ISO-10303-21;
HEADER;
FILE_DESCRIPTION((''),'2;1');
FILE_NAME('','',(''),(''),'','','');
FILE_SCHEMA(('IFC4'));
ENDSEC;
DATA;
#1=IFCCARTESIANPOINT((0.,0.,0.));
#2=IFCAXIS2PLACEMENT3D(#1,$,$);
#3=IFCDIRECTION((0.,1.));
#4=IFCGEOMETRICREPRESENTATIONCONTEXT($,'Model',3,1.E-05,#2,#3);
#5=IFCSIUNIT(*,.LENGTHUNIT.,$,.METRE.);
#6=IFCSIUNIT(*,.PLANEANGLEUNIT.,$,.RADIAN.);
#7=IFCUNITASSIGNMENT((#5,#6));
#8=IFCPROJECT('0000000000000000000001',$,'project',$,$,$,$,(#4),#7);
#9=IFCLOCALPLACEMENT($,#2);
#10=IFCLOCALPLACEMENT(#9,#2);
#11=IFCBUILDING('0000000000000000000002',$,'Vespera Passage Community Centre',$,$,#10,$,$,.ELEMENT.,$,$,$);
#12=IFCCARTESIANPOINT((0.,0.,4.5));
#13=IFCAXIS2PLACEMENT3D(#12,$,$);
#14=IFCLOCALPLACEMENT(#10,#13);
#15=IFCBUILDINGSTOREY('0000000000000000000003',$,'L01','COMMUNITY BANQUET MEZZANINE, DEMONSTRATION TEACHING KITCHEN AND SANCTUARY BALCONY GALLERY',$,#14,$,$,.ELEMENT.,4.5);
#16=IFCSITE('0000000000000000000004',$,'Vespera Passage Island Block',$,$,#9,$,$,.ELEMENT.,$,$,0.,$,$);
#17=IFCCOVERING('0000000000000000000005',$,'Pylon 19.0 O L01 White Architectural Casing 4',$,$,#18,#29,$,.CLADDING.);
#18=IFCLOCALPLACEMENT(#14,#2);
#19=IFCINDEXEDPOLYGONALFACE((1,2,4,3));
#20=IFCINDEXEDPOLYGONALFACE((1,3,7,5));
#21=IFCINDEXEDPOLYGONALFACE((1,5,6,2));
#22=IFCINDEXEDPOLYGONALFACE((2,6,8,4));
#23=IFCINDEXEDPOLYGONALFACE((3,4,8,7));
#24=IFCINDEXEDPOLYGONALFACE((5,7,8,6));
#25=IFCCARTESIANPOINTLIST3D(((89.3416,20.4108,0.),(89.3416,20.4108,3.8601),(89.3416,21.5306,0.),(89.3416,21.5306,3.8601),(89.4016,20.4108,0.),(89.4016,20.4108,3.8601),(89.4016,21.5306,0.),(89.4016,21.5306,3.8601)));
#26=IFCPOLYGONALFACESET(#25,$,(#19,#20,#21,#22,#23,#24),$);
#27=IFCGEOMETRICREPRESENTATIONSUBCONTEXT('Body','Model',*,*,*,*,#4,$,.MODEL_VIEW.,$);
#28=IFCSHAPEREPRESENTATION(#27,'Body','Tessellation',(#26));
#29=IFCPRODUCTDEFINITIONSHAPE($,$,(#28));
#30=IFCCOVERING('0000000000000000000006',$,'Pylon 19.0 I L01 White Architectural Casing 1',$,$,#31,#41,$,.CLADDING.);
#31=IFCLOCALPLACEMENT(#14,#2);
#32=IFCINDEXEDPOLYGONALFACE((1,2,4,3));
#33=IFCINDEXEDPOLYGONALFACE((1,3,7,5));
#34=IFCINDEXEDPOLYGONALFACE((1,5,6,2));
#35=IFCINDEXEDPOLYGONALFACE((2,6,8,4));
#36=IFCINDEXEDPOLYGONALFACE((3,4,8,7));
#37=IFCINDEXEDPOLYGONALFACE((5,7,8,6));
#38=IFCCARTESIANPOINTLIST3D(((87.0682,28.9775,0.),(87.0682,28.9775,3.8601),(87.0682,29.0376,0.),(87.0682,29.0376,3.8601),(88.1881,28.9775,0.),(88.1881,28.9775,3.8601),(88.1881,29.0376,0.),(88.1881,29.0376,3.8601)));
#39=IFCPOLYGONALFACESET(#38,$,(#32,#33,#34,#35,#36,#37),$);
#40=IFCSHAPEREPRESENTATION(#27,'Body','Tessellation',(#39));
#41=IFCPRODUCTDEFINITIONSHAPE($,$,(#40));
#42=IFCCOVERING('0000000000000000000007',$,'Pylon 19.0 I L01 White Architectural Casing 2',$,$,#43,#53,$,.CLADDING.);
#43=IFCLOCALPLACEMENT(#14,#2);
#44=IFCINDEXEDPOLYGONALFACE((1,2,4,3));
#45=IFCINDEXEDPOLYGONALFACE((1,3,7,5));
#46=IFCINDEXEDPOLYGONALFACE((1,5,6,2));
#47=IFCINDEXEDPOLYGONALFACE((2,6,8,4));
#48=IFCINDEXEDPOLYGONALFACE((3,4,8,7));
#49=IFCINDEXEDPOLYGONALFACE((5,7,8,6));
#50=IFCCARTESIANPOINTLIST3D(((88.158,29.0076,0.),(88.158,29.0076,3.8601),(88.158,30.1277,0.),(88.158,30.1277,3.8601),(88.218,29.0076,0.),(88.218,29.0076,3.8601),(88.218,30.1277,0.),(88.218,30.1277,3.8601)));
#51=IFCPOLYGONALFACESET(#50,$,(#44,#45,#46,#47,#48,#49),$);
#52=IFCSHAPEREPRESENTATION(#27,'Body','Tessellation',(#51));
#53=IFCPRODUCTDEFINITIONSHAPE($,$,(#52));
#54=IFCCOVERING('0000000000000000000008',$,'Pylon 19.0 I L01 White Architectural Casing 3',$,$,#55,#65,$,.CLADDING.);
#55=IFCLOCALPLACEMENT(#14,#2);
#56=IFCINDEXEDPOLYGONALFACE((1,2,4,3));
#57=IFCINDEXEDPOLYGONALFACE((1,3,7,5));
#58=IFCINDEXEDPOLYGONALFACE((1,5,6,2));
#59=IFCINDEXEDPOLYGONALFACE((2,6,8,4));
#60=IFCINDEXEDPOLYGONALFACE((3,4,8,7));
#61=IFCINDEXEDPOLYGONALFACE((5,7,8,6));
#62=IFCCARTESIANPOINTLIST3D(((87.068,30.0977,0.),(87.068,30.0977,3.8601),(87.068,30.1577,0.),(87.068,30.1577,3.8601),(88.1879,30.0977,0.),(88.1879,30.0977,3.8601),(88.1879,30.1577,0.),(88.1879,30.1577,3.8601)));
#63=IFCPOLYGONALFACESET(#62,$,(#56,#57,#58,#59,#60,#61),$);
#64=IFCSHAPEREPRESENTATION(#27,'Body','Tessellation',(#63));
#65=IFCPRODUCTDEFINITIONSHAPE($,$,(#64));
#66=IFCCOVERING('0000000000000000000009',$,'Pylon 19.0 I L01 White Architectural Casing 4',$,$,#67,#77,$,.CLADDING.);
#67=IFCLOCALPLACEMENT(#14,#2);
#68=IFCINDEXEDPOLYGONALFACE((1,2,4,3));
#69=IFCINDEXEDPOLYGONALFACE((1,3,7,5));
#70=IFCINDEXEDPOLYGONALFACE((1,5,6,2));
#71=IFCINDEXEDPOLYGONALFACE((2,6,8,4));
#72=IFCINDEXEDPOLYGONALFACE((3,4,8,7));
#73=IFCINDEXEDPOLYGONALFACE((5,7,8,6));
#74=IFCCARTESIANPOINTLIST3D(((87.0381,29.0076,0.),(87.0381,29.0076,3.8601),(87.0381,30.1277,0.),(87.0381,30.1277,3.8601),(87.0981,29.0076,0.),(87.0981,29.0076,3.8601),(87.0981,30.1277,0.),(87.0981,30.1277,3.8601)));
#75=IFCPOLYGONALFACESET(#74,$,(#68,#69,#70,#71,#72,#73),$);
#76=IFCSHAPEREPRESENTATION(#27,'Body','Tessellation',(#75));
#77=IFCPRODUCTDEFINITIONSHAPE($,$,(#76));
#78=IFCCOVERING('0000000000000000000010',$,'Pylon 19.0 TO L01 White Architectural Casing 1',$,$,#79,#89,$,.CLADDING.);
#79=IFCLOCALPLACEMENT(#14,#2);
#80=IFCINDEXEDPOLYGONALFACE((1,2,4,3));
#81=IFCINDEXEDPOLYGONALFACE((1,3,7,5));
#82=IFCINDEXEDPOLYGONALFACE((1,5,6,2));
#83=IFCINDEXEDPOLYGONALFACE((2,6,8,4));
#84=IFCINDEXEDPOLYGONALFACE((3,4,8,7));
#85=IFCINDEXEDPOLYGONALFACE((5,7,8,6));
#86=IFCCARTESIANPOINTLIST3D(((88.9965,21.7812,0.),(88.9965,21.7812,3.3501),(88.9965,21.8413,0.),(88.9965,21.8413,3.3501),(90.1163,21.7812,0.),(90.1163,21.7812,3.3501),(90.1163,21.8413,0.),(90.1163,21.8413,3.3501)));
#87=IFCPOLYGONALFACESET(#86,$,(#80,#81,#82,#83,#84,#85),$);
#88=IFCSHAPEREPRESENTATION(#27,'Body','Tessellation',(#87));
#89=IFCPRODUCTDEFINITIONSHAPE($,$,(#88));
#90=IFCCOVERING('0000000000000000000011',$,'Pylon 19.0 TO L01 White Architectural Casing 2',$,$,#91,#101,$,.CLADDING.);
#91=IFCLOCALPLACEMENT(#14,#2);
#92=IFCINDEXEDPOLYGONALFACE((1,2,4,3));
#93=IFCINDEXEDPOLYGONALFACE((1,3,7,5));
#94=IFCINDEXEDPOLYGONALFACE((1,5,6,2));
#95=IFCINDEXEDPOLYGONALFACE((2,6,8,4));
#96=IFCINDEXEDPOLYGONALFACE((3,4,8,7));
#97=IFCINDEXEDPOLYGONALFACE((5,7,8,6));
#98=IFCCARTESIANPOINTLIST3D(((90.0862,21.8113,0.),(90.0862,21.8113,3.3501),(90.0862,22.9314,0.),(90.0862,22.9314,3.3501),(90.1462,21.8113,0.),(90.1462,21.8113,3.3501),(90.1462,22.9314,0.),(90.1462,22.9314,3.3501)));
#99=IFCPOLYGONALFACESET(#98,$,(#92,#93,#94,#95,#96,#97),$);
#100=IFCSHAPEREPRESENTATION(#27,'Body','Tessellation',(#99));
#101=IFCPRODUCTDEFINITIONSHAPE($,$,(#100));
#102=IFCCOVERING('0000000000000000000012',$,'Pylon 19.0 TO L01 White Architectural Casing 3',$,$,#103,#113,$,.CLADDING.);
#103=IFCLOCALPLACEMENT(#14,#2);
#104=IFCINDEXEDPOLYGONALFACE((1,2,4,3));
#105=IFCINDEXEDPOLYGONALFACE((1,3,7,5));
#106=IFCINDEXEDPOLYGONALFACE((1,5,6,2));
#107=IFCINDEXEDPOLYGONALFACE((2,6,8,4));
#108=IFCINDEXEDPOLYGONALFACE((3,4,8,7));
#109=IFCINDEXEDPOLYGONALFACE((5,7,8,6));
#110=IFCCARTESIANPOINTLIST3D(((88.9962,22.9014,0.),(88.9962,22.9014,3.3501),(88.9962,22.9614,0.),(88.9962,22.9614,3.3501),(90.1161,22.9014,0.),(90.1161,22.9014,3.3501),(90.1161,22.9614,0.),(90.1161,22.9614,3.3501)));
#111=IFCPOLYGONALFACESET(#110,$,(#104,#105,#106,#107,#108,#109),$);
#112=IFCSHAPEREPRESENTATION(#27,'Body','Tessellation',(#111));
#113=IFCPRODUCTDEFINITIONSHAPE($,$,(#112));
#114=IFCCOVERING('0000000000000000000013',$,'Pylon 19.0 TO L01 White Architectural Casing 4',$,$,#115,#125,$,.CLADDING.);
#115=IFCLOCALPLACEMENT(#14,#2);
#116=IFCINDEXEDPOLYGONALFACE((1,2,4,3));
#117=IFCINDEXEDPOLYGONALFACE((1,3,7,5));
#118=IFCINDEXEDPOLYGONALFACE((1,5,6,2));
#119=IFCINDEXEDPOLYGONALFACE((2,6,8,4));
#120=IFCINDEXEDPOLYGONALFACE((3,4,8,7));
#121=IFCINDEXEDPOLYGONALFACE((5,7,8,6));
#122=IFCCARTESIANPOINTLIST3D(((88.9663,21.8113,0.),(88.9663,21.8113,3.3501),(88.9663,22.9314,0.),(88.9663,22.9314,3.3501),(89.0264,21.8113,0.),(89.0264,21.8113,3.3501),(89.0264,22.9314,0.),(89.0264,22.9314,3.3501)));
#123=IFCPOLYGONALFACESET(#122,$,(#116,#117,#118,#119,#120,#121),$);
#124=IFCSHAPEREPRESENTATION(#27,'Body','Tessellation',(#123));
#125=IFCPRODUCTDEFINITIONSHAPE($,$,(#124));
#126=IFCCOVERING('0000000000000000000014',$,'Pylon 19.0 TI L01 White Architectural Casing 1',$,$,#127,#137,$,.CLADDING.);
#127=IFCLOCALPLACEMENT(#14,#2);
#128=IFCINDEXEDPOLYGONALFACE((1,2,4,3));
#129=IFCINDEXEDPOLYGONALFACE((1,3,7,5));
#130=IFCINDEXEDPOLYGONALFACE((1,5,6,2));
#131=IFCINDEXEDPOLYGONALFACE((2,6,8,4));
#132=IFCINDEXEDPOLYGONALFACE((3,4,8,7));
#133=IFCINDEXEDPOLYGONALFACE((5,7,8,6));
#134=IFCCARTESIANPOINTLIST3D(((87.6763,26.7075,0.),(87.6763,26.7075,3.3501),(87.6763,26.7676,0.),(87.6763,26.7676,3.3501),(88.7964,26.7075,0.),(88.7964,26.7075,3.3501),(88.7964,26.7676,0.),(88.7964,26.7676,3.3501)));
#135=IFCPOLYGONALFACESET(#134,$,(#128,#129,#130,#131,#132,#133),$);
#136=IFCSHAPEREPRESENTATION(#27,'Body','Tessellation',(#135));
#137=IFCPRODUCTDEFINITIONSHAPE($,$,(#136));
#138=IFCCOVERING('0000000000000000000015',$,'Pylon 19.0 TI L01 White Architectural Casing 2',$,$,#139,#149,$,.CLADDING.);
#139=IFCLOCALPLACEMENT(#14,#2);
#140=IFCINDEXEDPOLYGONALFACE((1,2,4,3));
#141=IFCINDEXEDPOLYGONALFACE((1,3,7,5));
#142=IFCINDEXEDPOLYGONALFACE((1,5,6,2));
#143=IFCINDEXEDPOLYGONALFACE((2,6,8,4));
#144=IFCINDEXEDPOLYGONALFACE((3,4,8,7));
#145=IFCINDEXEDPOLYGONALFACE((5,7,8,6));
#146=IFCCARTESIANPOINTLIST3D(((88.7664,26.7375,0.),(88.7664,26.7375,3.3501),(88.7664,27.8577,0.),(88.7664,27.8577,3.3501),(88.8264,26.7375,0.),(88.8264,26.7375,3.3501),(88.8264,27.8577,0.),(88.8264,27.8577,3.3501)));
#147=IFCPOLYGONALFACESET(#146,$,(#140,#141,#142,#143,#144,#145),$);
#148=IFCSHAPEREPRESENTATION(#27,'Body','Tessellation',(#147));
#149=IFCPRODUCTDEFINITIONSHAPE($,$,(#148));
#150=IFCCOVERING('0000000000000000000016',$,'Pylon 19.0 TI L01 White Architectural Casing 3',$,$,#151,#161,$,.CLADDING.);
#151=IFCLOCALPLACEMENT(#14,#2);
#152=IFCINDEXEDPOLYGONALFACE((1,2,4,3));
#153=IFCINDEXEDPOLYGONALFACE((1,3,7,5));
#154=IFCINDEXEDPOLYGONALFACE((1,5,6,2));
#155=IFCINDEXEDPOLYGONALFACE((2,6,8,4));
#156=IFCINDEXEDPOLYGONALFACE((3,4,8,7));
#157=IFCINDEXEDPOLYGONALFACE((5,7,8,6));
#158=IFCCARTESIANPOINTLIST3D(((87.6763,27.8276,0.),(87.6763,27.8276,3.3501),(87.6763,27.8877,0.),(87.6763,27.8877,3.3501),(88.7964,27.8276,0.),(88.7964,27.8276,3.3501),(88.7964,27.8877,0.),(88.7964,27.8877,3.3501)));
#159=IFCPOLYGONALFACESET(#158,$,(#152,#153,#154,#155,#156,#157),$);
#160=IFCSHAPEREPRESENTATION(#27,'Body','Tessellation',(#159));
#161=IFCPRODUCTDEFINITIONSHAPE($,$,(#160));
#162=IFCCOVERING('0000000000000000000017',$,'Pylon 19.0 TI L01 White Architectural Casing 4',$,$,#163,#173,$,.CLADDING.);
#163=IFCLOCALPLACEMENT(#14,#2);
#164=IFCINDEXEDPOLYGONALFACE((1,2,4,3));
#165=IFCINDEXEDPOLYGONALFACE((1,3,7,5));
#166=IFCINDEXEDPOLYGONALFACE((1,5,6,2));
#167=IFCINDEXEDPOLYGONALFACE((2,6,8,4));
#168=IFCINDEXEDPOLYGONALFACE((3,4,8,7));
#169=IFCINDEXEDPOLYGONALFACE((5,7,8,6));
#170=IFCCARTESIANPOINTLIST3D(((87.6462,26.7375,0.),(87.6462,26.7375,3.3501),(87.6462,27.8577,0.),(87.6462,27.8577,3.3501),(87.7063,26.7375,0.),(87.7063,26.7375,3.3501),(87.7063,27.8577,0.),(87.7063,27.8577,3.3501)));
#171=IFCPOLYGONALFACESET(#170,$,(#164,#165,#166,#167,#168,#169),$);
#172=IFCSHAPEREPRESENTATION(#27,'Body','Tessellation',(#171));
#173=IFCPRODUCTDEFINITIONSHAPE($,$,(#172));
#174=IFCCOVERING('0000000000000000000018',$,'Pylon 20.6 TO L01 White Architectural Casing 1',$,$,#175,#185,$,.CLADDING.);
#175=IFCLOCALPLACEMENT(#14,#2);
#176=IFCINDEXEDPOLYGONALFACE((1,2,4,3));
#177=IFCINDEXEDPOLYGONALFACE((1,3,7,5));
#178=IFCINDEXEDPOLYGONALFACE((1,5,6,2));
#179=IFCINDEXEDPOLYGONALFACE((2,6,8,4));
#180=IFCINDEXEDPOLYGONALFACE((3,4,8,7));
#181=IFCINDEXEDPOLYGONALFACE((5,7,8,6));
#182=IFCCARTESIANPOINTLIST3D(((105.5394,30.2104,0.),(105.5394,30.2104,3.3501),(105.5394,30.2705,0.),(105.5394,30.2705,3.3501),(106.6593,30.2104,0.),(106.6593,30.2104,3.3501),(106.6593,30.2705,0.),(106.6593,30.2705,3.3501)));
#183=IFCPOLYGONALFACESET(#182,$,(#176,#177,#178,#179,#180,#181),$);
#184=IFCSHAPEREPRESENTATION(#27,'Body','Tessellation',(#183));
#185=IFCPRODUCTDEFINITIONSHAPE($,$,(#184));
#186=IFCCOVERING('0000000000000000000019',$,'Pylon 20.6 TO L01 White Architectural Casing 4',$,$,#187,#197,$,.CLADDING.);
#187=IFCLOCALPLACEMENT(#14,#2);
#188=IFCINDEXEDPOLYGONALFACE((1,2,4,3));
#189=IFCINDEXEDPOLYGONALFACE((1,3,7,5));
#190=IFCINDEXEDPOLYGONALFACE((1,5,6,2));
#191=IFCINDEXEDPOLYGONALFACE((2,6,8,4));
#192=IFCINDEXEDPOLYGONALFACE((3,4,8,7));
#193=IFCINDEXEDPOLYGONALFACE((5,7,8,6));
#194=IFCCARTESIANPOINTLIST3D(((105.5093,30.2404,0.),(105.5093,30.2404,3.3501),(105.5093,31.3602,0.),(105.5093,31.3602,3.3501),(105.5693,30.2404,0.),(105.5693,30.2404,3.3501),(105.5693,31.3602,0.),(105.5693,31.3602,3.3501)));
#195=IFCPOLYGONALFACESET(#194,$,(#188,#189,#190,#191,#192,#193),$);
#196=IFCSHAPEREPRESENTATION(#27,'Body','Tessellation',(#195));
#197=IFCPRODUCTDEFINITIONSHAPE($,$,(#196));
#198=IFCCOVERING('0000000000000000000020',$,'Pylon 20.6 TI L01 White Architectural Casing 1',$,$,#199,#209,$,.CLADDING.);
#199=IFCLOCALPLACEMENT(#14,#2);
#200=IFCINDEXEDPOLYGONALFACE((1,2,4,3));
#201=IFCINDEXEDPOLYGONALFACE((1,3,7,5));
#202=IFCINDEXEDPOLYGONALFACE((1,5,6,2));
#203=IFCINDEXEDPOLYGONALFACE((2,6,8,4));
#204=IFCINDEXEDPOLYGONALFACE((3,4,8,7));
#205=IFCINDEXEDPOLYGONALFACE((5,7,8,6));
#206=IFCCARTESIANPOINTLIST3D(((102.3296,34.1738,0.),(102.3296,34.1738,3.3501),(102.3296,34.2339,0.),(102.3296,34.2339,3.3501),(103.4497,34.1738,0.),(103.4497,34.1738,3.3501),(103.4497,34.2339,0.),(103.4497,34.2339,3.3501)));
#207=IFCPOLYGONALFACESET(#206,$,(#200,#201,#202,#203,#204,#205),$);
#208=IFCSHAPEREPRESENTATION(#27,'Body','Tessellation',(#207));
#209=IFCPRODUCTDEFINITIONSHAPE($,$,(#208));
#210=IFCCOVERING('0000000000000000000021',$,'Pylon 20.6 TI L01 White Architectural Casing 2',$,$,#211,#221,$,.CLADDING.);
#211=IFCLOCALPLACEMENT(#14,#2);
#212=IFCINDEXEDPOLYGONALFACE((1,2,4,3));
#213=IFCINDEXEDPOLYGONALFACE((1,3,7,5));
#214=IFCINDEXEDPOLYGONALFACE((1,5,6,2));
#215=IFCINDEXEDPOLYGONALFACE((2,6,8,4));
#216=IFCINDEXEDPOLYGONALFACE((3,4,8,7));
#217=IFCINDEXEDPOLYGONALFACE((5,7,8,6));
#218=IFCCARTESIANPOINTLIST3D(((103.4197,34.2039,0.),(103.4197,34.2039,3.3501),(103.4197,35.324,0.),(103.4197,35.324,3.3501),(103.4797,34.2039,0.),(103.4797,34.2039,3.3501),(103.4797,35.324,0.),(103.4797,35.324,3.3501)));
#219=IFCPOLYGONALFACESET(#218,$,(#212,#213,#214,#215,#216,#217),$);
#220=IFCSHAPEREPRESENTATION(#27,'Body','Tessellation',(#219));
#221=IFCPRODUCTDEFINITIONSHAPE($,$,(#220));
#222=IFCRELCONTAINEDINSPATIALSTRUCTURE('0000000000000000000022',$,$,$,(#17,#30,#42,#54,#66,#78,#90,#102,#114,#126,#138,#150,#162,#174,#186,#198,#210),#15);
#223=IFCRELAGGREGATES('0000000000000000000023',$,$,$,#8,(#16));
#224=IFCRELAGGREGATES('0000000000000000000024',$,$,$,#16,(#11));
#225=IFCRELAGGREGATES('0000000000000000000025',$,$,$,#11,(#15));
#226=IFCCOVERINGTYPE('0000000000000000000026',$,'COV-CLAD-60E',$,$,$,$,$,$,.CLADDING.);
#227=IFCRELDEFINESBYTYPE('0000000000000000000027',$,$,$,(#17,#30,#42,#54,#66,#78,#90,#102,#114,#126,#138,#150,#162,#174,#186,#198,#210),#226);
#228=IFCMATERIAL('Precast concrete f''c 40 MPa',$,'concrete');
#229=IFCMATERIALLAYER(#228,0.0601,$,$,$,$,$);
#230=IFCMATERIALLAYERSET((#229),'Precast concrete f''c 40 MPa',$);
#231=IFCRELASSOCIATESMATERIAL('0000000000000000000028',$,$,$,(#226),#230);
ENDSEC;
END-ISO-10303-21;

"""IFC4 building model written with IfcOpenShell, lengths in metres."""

from ifc_helpers import new_model, si_unit, direction, frame, frame_2d, origin, place, context, subcontext, project, spatial, rectangle, extrude, material, layer, layer_set, type_object, element, save


model = new_model("IFC4")

# Units and contexts
model_context = context("Model", 3, precision=1e-05, world=origin(), true_north=direction((0.0, 1.0)))
body_context = subcontext(model_context, "Body", "Model", "MODEL_VIEW")
ifc_project = project(units=[si_unit("LENGTHUNIT", "METRE"), si_unit("PLANEANGLEUNIT", "RADIAN")], contexts=[model_context])

# Site, building, storey
site_placement = place(None, origin())
site = spatial("IfcSite", under=ifc_project, at=site_placement, Name="Vespera Passage Island Block", CompositionType="ELEMENT", RefElevation=0.0)
building_placement = place(site_placement, origin())
building = spatial("IfcBuilding", under=site, at=building_placement, Name="Vespera Passage Community Centre", CompositionType="ELEMENT")
storey_placement = place(building_placement, frame((0.0, 0.0, 4.5)))
storey = spatial("IfcBuildingStorey", under=building, at=storey_placement, Name="L01", Description="COMMUNITY BANQUET MEZZANINE, DEMONSTRATION TEACHING KITCHEN AND SANCTUARY BALCONY GALLERY", CompositionType="ELEMENT", Elevation=4.5)

# Coverings
ifc_material_1 = material(Name="Precast concrete f'c 40 MPa", Category="concrete")
ifc_layer = layer(ifc_material_1, 0.0601)
ifc_layer_set = layer_set([ifc_layer], Name="Precast concrete f'c 40 MPa")
covering_type = type_object("IfcCoveringType", Name="COV-CLAD-60E", PredefinedType="CLADDING", material=ifc_layer_set)
for number, where, z_axis, x_axis, name in (
    (1, (89.3716, 21.5308, 0.0), (0.0, 0.0, 1.0), (0.0, -1.0, 0.0), "Pylon 19.0 O L01 White Architectural Casing 4"),
    (2, (87.0681, 29.0076, 0.0), (0.0, 0.0, 1.0), (1.0, 0.0, 0.0), "Pylon 19.0 I L01 White Architectural Casing 1"),
):
    element("IfcCovering", number, at=place(storey_placement, frame(where, z_axis=z_axis, x_axis=x_axis)), inside=storey, type_object=covering_type, Name=name, PredefinedType="CLADDING", context=body_context, shape_type="SweptSolid", body=[
        extrude(rectangle(XDim=1.1199, YDim=0.0601, at=frame_2d((0.5601, 0.0))), origin(), (0.0, 0.0, 1.0), 3.8601),
    ])
covering_1_placement = place(storey_placement, frame((88.188, 29.0076, 0.0), z_axis=(0.0, 0.0, 1.0), x_axis=(0.0, 1.0, 0.0)))
element("IfcCovering", 3, at=covering_1_placement, inside=storey, type_object=covering_type, Name="Pylon 19.0 I L01 White Architectural Casing 2", PredefinedType="CLADDING", context=body_context, shape_type="SweptSolid", body=[
    extrude(rectangle(XDim=1.1201, YDim=0.0601, at=frame_2d((0.5601, 0.0))), origin(), (0.0, 0.0, 1.0), 3.8601),
])
covering_2_placement = place(storey_placement, frame((88.188, 30.1277, 0.0), z_axis=(0.0, 0.0, 1.0), x_axis=(-1.0, 0.0, 0.0)))
element("IfcCovering", 4, at=covering_2_placement, inside=storey, type_object=covering_type, Name="Pylon 19.0 I L01 White Architectural Casing 3", PredefinedType="CLADDING", context=body_context, shape_type="SweptSolid", body=[
    extrude(rectangle(XDim=1.1199, YDim=0.0601, at=frame_2d((0.5601, 0.0))), origin(), (0.0, 0.0, 1.0), 3.8601),
])
covering_3_placement = place(storey_placement, frame((87.0681, 30.1277, 0.0), z_axis=(0.0, 0.0, 1.0), x_axis=(0.0, -1.0, 0.0)))
element("IfcCovering", 5, at=covering_3_placement, inside=storey, type_object=covering_type, Name="Pylon 19.0 I L01 White Architectural Casing 4", PredefinedType="CLADDING", context=body_context, shape_type="SweptSolid", body=[
    extrude(rectangle(XDim=1.1201, YDim=0.0601, at=frame_2d((0.5601, 0.0))), origin(), (0.0, 0.0, 1.0), 3.8601),
])
covering_4_placement = place(storey_placement, frame((88.9963, 21.8113, 0.0), z_axis=(0.0, 0.0, 1.0), x_axis=(1.0, 0.0, 0.0)))
element("IfcCovering", 6, at=covering_4_placement, inside=storey, type_object=covering_type, Name="Pylon 19.0 TO L01 White Architectural Casing 1", PredefinedType="CLADDING", context=body_context, shape_type="SweptSolid", body=[
    extrude(rectangle(XDim=1.1199, YDim=0.0601, at=frame_2d((0.5601, 0.0))), origin(), (0.0, 0.0, 1.0), 3.3501),
])
covering_5_placement = place(storey_placement, frame((90.1162, 21.8113, 0.0), z_axis=(0.0, 0.0, 1.0), x_axis=(0.0, 1.0, 0.0)))
element("IfcCovering", 7, at=covering_5_placement, inside=storey, type_object=covering_type, Name="Pylon 19.0 TO L01 White Architectural Casing 2", PredefinedType="CLADDING", context=body_context, shape_type="SweptSolid", body=[
    extrude(rectangle(XDim=1.1201, YDim=0.0601, at=frame_2d((0.5601, 0.0))), origin(), (0.0, 0.0, 1.0), 3.3501),
])
covering_6_placement = place(storey_placement, frame((90.1162, 22.9314, 0.0), z_axis=(0.0, 0.0, 1.0), x_axis=(-1.0, 0.0, 0.0)))
element("IfcCovering", 8, at=covering_6_placement, inside=storey, type_object=covering_type, Name="Pylon 19.0 TO L01 White Architectural Casing 3", PredefinedType="CLADDING", context=body_context, shape_type="SweptSolid", body=[
    extrude(rectangle(XDim=1.1199, YDim=0.0601, at=frame_2d((0.5601, 0.0))), origin(), (0.0, 0.0, 1.0), 3.3501),
])
for number, where, z_axis, x_axis, name in (
    (9, (88.9963, 22.9314, 0.0), (0.0, 0.0, 1.0), (0.0, -1.0, 0.0), "Pylon 19.0 TO L01 White Architectural Casing 4"),
    (10, (87.6763, 26.7375, 0.0), (0.0, 0.0, 1.0), (1.0, 0.0, 0.0), "Pylon 19.0 TI L01 White Architectural Casing 1"),
    (11, (88.7964, 26.7375, 0.0), (0.0, 0.0, 1.0), (0.0, 1.0, 0.0), "Pylon 19.0 TI L01 White Architectural Casing 2"),
    (12, (88.7964, 27.8577, 0.0), (0.0, 0.0, 1.0), (-1.0, 0.0, 0.0), "Pylon 19.0 TI L01 White Architectural Casing 3"),
    (13, (87.6763, 27.8577, 0.0), (0.0, 0.0, 1.0), (0.0, -1.0, 0.0), "Pylon 19.0 TI L01 White Architectural Casing 4"),
):
    element("IfcCovering", number, at=place(storey_placement, frame(where, z_axis=z_axis, x_axis=x_axis)), inside=storey, type_object=covering_type, Name=name, PredefinedType="CLADDING", context=body_context, shape_type="SweptSolid", body=[
        extrude(rectangle(XDim=1.1201, YDim=0.0601, at=frame_2d((0.5601, 0.0))), origin(), (0.0, 0.0, 1.0), 3.3501),
    ])
for number, where, z_axis, x_axis, name in (
    (14, (105.5393, 30.2405, 0.0), (0.0, 0.0, 1.0), (1.0, 0.0, 0.0), "Pylon 20.6 TO L01 White Architectural Casing 1"),
    (15, (105.5393, 31.3604, 0.0), (0.0, 0.0, 1.0), (0.0, -1.0, 0.0), "Pylon 20.6 TO L01 White Architectural Casing 4"),
):
    element("IfcCovering", number, at=place(storey_placement, frame(where, z_axis=z_axis, x_axis=x_axis)), inside=storey, type_object=covering_type, Name=name, PredefinedType="CLADDING", context=body_context, shape_type="SweptSolid", body=[
        extrude(rectangle(XDim=1.1199, YDim=0.0601, at=frame_2d((0.5601, 0.0))), origin(), (0.0, 0.0, 1.0), 3.3501),
    ])
for number, where, z_axis, x_axis, name in (
    (16, (102.3296, 34.2039, 0.0), (0.0, 0.0, 1.0), (1.0, 0.0, 0.0), "Pylon 20.6 TI L01 White Architectural Casing 1"),
    (17, (103.4497, 34.2039, 0.0), (0.0, 0.0, 1.0), (0.0, 1.0, 0.0), "Pylon 20.6 TI L01 White Architectural Casing 2"),
):
    element("IfcCovering", number, at=place(storey_placement, frame(where, z_axis=z_axis, x_axis=x_axis)), inside=storey, type_object=covering_type, Name=name, PredefinedType="CLADDING", context=body_context, shape_type="SweptSolid", body=[
        extrude(rectangle(XDim=1.1201, YDim=0.0601, at=frame_2d((0.5601, 0.0))), origin(), (0.0, 0.0, 1.0), 3.3501),
    ])

save(model, "model.ifc")
